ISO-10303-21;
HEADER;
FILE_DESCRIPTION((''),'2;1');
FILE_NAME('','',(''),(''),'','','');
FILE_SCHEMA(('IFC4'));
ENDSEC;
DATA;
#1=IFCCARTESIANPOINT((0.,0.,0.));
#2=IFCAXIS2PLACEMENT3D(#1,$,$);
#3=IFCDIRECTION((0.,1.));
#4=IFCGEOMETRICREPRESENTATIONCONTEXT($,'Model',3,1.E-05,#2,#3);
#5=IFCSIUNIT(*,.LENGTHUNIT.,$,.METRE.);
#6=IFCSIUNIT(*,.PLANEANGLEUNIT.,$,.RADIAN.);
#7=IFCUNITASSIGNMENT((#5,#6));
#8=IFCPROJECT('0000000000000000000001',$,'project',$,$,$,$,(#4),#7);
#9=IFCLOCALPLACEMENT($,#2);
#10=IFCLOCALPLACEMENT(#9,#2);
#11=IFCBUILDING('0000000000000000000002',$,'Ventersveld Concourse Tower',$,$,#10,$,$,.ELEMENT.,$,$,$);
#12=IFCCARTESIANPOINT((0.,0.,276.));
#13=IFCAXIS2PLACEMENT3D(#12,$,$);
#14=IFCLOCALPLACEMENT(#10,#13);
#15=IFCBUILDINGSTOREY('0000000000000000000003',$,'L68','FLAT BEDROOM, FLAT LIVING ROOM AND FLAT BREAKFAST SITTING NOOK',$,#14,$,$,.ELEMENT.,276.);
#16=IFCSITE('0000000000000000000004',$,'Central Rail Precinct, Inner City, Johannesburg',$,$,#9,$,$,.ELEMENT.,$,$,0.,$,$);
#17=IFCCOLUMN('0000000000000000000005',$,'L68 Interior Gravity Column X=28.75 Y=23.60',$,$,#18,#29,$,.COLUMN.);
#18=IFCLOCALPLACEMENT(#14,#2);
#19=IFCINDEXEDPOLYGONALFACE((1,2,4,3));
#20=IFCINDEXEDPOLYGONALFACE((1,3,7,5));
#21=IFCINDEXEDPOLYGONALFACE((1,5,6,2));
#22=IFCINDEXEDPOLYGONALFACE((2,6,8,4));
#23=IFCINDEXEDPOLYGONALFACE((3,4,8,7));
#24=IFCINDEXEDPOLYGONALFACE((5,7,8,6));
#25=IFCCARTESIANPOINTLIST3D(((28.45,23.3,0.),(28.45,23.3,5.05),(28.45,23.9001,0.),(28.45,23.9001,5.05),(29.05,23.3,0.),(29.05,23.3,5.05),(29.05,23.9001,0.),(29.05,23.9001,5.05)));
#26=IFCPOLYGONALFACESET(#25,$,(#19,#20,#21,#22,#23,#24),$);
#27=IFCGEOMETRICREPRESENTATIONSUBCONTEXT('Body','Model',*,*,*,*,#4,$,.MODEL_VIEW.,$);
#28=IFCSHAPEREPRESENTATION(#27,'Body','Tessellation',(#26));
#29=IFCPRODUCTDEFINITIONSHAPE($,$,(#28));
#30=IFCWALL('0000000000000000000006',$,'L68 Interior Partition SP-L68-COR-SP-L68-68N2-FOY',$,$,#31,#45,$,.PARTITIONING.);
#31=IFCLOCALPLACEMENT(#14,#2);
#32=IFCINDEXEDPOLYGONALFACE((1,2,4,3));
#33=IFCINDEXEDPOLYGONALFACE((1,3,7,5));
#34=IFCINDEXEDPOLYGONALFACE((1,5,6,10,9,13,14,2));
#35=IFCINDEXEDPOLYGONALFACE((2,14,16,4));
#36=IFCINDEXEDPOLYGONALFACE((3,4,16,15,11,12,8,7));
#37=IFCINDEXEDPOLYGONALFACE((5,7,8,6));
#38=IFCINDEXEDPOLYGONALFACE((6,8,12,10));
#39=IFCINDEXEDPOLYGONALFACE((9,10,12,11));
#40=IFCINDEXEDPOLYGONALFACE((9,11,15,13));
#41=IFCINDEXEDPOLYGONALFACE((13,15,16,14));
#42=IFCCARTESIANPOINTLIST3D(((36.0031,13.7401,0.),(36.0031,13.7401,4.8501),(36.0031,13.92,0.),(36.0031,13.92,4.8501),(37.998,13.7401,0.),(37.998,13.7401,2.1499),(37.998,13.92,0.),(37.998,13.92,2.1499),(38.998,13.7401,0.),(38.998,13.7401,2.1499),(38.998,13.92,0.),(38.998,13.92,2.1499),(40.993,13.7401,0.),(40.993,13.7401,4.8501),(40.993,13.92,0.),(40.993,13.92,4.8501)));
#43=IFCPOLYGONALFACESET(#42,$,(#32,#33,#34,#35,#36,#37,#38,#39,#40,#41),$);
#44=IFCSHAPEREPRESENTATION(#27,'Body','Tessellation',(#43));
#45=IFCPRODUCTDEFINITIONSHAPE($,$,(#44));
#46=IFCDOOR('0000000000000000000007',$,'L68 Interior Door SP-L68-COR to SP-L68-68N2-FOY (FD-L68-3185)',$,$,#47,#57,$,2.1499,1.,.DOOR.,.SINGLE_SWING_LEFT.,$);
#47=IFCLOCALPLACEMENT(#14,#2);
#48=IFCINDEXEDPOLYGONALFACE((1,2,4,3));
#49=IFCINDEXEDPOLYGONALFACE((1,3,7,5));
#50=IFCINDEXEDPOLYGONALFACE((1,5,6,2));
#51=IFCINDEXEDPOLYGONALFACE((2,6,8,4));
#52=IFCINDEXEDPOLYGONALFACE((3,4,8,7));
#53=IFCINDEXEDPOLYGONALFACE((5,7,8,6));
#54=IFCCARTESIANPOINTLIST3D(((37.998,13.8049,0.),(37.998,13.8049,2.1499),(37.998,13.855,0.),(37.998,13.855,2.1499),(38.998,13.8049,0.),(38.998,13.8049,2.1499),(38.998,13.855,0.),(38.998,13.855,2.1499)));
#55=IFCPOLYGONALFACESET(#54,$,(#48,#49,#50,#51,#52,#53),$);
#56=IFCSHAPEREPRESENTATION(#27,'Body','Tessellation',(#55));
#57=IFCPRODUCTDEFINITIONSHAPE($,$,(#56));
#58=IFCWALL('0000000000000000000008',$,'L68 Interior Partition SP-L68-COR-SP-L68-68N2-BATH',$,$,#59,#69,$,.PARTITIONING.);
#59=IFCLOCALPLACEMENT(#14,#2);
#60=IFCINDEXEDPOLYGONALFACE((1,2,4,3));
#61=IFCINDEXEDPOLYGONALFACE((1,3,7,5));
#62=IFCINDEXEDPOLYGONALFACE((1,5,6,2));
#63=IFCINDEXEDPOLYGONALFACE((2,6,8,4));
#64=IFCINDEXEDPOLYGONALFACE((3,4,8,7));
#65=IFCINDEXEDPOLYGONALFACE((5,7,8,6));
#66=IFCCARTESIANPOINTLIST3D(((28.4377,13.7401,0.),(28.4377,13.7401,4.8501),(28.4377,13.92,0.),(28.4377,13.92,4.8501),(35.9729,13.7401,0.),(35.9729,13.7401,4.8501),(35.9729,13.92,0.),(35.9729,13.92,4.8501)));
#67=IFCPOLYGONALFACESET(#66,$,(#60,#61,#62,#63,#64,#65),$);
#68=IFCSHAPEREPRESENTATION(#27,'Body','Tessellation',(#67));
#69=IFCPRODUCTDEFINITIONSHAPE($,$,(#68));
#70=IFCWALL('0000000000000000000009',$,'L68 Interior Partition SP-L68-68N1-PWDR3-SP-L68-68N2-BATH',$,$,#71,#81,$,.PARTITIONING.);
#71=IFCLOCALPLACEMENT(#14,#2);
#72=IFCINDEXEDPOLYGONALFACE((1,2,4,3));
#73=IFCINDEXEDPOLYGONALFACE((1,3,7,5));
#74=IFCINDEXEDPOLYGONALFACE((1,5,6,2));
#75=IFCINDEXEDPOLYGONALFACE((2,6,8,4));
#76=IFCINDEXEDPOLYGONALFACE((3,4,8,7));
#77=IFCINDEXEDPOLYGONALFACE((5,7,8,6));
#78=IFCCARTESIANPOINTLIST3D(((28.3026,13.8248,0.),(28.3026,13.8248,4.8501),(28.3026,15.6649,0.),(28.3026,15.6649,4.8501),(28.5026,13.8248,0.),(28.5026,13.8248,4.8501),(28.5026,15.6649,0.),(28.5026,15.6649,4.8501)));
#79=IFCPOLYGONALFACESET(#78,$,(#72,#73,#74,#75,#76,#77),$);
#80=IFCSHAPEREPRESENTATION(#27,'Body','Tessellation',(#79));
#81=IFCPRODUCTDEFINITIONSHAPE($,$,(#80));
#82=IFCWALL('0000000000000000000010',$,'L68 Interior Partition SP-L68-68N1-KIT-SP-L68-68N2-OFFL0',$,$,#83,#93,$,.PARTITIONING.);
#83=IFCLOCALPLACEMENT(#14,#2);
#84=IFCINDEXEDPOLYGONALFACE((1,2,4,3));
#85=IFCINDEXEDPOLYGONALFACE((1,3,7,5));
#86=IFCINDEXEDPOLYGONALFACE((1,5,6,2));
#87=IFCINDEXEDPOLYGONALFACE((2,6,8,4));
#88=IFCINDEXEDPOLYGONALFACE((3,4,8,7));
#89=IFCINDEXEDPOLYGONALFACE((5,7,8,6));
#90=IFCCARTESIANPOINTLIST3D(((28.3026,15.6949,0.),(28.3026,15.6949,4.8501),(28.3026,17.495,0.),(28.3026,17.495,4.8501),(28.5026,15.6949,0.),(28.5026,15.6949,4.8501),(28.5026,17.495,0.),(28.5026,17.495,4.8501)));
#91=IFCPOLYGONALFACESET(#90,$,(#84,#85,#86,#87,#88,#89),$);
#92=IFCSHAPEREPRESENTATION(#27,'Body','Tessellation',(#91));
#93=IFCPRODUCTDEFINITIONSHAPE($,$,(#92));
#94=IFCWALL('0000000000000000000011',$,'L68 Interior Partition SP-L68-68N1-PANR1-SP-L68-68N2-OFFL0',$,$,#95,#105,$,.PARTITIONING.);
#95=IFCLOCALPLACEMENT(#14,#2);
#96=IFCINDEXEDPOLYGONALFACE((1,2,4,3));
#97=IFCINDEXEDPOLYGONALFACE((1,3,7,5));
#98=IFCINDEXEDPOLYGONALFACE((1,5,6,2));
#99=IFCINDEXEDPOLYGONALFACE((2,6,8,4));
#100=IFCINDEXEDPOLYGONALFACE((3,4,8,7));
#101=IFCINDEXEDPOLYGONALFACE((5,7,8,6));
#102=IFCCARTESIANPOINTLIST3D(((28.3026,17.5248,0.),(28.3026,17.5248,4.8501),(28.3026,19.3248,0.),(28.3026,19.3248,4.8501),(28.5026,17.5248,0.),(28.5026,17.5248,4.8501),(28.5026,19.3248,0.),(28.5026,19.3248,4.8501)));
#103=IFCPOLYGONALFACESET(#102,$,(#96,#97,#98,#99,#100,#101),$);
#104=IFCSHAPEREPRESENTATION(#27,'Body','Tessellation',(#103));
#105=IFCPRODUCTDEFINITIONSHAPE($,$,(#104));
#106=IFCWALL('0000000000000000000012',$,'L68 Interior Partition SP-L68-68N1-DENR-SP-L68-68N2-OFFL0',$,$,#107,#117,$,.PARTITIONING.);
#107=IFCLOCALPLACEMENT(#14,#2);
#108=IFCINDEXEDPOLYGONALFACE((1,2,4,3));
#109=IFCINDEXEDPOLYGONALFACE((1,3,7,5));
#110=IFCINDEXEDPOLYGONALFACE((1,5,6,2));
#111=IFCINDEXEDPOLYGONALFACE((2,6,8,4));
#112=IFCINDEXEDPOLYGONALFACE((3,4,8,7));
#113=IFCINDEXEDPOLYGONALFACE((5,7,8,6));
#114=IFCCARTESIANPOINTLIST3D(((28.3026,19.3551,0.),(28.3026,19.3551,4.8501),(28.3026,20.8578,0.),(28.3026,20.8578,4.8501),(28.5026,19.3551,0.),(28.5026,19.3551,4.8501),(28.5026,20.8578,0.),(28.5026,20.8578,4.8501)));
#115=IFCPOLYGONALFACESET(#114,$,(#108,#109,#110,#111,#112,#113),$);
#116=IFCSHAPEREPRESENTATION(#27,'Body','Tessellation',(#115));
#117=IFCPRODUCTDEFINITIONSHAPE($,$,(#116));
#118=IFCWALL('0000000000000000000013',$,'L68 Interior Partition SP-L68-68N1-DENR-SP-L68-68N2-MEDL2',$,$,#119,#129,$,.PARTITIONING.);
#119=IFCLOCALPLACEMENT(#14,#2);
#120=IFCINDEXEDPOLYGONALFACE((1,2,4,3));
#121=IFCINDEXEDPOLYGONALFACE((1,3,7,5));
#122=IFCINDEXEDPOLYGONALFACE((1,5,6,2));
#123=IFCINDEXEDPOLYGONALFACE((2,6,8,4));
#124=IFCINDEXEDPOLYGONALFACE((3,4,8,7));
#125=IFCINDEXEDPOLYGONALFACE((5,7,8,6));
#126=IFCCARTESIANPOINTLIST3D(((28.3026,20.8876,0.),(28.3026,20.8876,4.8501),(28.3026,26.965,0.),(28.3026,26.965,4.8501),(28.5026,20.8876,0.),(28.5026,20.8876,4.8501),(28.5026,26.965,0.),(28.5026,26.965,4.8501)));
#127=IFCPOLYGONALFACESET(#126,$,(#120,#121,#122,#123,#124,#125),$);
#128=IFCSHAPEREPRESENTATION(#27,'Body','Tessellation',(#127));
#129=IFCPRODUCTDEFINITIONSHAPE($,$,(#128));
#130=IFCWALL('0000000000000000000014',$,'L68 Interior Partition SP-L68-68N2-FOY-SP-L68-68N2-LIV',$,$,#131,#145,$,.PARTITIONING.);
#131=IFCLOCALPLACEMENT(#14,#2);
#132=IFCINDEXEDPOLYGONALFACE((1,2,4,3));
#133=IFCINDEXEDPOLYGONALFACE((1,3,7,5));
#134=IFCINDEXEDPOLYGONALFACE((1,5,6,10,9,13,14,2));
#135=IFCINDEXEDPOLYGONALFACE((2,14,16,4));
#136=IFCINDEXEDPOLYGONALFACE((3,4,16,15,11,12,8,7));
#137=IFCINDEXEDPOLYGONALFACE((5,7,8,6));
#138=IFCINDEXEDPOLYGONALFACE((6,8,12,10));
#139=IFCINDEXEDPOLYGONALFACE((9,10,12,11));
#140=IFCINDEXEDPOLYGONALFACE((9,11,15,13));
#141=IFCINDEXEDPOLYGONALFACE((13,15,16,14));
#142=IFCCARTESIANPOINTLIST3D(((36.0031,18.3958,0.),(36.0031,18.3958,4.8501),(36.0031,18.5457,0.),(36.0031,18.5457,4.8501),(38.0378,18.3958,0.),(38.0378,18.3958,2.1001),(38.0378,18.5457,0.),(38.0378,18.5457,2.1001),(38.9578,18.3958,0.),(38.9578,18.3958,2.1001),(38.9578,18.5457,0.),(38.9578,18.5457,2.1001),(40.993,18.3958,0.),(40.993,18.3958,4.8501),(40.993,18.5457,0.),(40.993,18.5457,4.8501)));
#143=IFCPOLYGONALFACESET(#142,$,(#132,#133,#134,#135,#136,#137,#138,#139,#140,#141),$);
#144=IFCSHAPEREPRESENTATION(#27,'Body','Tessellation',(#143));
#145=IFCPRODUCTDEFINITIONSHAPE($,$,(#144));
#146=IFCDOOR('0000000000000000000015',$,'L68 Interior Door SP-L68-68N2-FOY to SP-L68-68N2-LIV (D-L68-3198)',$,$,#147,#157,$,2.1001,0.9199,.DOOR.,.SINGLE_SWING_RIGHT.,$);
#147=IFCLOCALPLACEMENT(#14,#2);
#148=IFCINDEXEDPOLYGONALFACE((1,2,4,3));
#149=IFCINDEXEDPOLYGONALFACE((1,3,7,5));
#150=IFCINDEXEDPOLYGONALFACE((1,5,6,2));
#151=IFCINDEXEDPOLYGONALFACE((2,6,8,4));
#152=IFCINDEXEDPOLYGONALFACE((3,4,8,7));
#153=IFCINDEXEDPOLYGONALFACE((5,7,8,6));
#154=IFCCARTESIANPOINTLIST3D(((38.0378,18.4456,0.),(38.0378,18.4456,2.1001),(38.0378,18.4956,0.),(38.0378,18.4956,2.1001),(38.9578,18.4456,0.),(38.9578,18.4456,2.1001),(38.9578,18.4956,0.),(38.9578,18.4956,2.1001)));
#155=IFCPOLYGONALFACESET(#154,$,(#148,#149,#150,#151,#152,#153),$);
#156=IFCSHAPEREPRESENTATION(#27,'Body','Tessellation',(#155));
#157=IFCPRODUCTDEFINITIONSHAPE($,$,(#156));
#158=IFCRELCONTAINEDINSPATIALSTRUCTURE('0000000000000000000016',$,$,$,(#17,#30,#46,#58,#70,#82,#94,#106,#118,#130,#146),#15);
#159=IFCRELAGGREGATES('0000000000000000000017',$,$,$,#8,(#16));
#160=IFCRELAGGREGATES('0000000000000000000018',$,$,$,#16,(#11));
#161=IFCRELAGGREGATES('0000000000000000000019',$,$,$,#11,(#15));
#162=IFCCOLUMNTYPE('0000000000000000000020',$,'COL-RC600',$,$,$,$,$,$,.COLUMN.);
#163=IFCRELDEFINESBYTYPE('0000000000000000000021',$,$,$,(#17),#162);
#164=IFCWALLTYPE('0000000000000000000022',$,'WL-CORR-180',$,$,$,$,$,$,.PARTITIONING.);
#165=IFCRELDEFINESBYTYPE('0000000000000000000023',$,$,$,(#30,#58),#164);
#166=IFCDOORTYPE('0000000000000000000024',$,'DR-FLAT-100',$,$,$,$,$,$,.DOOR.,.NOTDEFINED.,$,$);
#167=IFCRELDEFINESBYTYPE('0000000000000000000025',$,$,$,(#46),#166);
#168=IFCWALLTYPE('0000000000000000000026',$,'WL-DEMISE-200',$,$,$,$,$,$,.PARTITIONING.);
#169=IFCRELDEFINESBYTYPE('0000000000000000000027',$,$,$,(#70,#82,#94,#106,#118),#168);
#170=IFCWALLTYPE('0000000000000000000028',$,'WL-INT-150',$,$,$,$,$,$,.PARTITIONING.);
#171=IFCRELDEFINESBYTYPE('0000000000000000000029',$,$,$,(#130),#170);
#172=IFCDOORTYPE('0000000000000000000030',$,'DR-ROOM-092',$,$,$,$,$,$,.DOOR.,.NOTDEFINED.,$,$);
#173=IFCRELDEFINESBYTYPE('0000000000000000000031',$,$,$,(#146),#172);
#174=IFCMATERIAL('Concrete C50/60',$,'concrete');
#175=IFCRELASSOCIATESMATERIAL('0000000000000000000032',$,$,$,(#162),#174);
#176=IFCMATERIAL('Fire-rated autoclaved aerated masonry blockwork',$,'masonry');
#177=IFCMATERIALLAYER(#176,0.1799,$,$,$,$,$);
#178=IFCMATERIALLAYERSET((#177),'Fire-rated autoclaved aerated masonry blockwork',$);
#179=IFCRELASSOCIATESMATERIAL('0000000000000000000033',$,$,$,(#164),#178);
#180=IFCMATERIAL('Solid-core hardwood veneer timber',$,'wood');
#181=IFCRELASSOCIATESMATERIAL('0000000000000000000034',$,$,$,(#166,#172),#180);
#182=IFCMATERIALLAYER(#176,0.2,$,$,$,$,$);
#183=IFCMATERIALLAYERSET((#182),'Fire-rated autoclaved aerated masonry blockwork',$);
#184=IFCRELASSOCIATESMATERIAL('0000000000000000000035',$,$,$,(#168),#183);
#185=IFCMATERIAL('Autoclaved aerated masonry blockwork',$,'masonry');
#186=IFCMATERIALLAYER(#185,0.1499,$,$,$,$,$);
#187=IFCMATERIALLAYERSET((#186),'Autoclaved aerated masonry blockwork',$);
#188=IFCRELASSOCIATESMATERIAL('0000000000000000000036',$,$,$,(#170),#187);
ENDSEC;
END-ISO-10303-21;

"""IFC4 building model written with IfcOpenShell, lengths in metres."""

from ifc_helpers import new_model, si_unit, direction, frame, frame_2d, origin, origin_2d, place, context, subcontext, project, spatial, rectangle, extrude, material, layer, layer_set, material_profile, profile_set, type_object, element, fill, save


model = new_model("IFC4")

# Units and contexts
model_context = context("Model", 3, precision=1e-05, world=origin(), true_north=direction((0.0, 1.0)))
body_context = subcontext(model_context, "Body", "Model", "MODEL_VIEW")
ifc_project = project(units=[si_unit("LENGTHUNIT", "METRE"), si_unit("PLANEANGLEUNIT", "RADIAN")], contexts=[model_context])

# Site, building, storey
site_placement = place(None, origin())
site = spatial("IfcSite", under=ifc_project, at=site_placement, Name="Central Rail Precinct, Inner City, Johannesburg", CompositionType="ELEMENT", RefElevation=0.0)
building_placement = place(site_placement, origin())
building = spatial("IfcBuilding", under=site, at=building_placement, Name="Ventersveld Concourse Tower", CompositionType="ELEMENT")
storey_placement = place(building_placement, frame((0.0, 0.0, 276.0)))
storey = spatial("IfcBuildingStorey", under=building, at=storey_placement, Name="L68", Description="FLAT BEDROOM, FLAT LIVING ROOM AND FLAT BREAKFAST SITTING NOOK", CompositionType="ELEMENT", Elevation=276.0)

# Column
ifc_material_1 = material(Name="Concrete C50/60", Category="concrete")
ifc_material_profile = material_profile(ifc_material_1, rectangle(XDim=0.6001, YDim=0.6001, at=origin_2d()), Name="RC 600x600")
ifc_profile_set = profile_set([ifc_material_profile], Name="Concrete C50/60")
column_type = type_object("IfcColumnType", Name="COL-RC600", PredefinedType="COLUMN", material=ifc_profile_set)
column_placement = place(storey_placement, frame((28.75, 23.6001, 0.0), z_axis=(0.0, 0.0, 1.0), x_axis=(1.0, 0.0, 0.0)))
element("IfcColumn", 1, at=column_placement, inside=storey, type_object=column_type, Name="L68 Interior Gravity Column X=28.75 Y=23.60", PredefinedType="COLUMN", context=body_context, shape_type="SweptSolid", body=[
    extrude(rectangle(XDim=0.6001, YDim=0.6001, at=origin_2d()), origin(), (0.0, 0.0, 1.0), 5.05),
])

# Wall, opening, door
ifc_material_2 = material(Name="Fire-rated autoclaved aerated masonry blockwork", Category="masonry")
ifc_layer_1 = layer(ifc_material_2, 0.1799)
ifc_layer_set_1 = layer_set([ifc_layer_1], Name="Fire-rated autoclaved aerated masonry blockwork")
wall_type_1 = type_object("IfcWallType", Name="WL-CORR-180", PredefinedType="PARTITIONING", material=ifc_layer_set_1)
wall_1_placement = place(storey_placement, frame((36.0029, 13.8301, 0.0), z_axis=(0.0, 0.0, 1.0), x_axis=(1.0, 0.0, 0.0)))
wall_1 = element("IfcWall", 2, at=wall_1_placement, inside=storey, type_object=wall_type_1, Name="L68 Interior Partition SP-L68-COR-SP-L68-68N2-FOY", PredefinedType="PARTITIONING", context=body_context, shape_type="SweptSolid", body=[
    extrude(rectangle(XDim=4.99, YDim=0.1799, at=frame_2d((2.4951, 0.0))), origin(), (0.0, 0.0, 1.0), 4.8501),
])
opening_1_placement = place(wall_1_placement, frame((1.9951, 0.0, 0.0)))
opening_1 = element("IfcOpeningElement", 3, at=opening_1_placement, cuts=wall_1, PredefinedType="OPENING", context=body_context, shape_type="SweptSolid", body=[
    extrude(rectangle(XDim=1.0, YDim=2.1499, at=frame_2d((0.5, 1.075))), frame((0.0, 0.1001, 0.0), z_axis=(0.0, -1.0, 0.0), x_axis=(1.0, 0.0, 0.0)), (0.0, 0.0, 1.0), 0.2),
])
ifc_material_3 = material(Name="Solid-core hardwood veneer timber", Category="wood")
door_type_1 = type_object("IfcDoorType", Name="DR-FLAT-100", OperationType="NOTDEFINED", PredefinedType="DOOR", material=ifc_material_3)
door_1_placement = place(opening_1_placement, origin())
door_1 = element("IfcDoor", 4, at=door_1_placement, inside=storey, type_object=door_type_1, Name="L68 Interior Door SP-L68-COR to SP-L68-68N2-FOY (FD-L68-3185)", OperationType="SINGLE_SWING_LEFT", OverallHeight=2.1499, OverallWidth=1.0, PredefinedType="DOOR", context=body_context, shape_type="SweptSolid", body=[
    extrude(rectangle(XDim=1.0, YDim=2.1499, at=frame_2d((0.5, 1.075))), frame((0.0, 0.0249, 0.0), z_axis=(0.0, -1.0, 0.0), x_axis=(1.0, 0.0, 0.0)), (0.0, 0.0, 1.0), 0.05),
])
fill(opening_1, door_1)

# Walls
wall_2_placement = place(storey_placement, frame((28.4377, 13.8301, 0.0), z_axis=(0.0, 0.0, 1.0), x_axis=(1.0, 0.0, 0.0)))
element("IfcWall", 5, at=wall_2_placement, inside=storey, type_object=wall_type_1, Name="L68 Interior Partition SP-L68-COR-SP-L68-68N2-BATH", PredefinedType="PARTITIONING", context=body_context, shape_type="SweptSolid", body=[
    extrude(rectangle(XDim=7.5352, YDim=0.1799, at=frame_2d((3.7676, 0.0))), origin(), (0.0, 0.0, 1.0), 4.8501),
])
ifc_layer_2 = layer(ifc_material_2, 0.2)
ifc_layer_set_2 = layer_set([ifc_layer_2], Name="Fire-rated autoclaved aerated masonry blockwork")
wall_type_2 = type_object("IfcWallType", Name="WL-DEMISE-200", PredefinedType="PARTITIONING", material=ifc_layer_set_2)
wall_3_placement = place(storey_placement, frame((28.4026, 13.825, 0.0), z_axis=(0.0, 0.0, 1.0), x_axis=(0.0, 1.0, 0.0)))
element("IfcWall", 6, at=wall_3_placement, inside=storey, type_object=wall_type_2, Name="L68 Interior Partition SP-L68-68N1-PWDR3-SP-L68-68N2-BATH", PredefinedType="PARTITIONING", context=body_context, shape_type="SweptSolid", body=[
    extrude(rectangle(XDim=1.8401, YDim=0.2, at=frame_2d((0.9199, 0.0))), origin(), (0.0, 0.0, 1.0), 4.8501),
])
for number, where, z_axis, x_axis, name in (
    (7, (28.4026, 15.6951, 0.0), (0.0, 0.0, 1.0), (0.0, 1.0, 0.0), "L68 Interior Partition SP-L68-68N1-KIT-SP-L68-68N2-OFFL0"),
    (8, (28.4026, 17.5249, 0.0), (0.0, 0.0, 1.0), (0.0, 1.0, 0.0), "L68 Interior Partition SP-L68-68N1-PANR1-SP-L68-68N2-OFFL0"),
):
    element("IfcWall", number, at=place(storey_placement, frame(where, z_axis=z_axis, x_axis=x_axis)), inside=storey, type_object=wall_type_2, Name=name, PredefinedType="PARTITIONING", context=body_context, shape_type="SweptSolid", body=[
        extrude(rectangle(XDim=1.8, YDim=0.2, at=frame_2d((0.8999, 0.0))), origin(), (0.0, 0.0, 1.0), 4.8501),
    ])
wall_4_placement = place(storey_placement, frame((28.4026, 19.355, 0.0), z_axis=(0.0, 0.0, 1.0), x_axis=(0.0, 1.0, 0.0)))
element("IfcWall", 9, at=wall_4_placement, inside=storey, type_object=wall_type_2, Name="L68 Interior Partition SP-L68-68N1-DENR-SP-L68-68N2-OFFL0", PredefinedType="PARTITIONING", context=body_context, shape_type="SweptSolid", body=[
    extrude(rectangle(XDim=1.5027, YDim=0.2, at=frame_2d((0.7515, 0.0))), origin(), (0.0, 0.0, 1.0), 4.8501),
])
wall_5_placement = place(storey_placement, frame((28.4026, 20.8877, 0.0), z_axis=(0.0, 0.0, 1.0), x_axis=(0.0, 1.0, 0.0)))
element("IfcWall", 10, at=wall_5_placement, inside=storey, type_object=wall_type_2, Name="L68 Interior Partition SP-L68-68N1-DENR-SP-L68-68N2-MEDL2", PredefinedType="PARTITIONING", context=body_context, shape_type="SweptSolid", body=[
    extrude(rectangle(XDim=6.0774, YDim=0.2, at=frame_2d((3.0386, 0.0))), origin(), (0.0, 0.0, 1.0), 4.8501),
])

# Wall, opening, door
ifc_material_4 = material(Name="Autoclaved aerated masonry blockwork", Category="masonry")
ifc_layer_3 = layer(ifc_material_4, 0.1499)
ifc_layer_set_3 = layer_set([ifc_layer_3], Name="Autoclaved aerated masonry blockwork")
wall_type_3 = type_object("IfcWallType", Name="WL-INT-150", PredefinedType="PARTITIONING", material=ifc_layer_set_3)
wall_6_placement = place(storey_placement, frame((36.0029, 18.4707, 0.0), z_axis=(0.0, 0.0, 1.0), x_axis=(1.0, 0.0, 0.0)))
wall_6 = element("IfcWall", 11, at=wall_6_placement, inside=storey, type_object=wall_type_3, Name="L68 Interior Partition SP-L68-68N2-FOY-SP-L68-68N2-LIV", PredefinedType="PARTITIONING", context=body_context, shape_type="SweptSolid", body=[
    extrude(rectangle(XDim=4.99, YDim=0.1499, at=frame_2d((2.4951, 0.0))), origin(), (0.0, 0.0, 1.0), 4.8501),
])
opening_2_placement = place(wall_6_placement, frame((2.0349, 0.0, 0.0)))
opening_2 = element("IfcOpeningElement", 12, at=opening_2_placement, cuts=wall_6, PredefinedType="OPENING", context=body_context, shape_type="SweptSolid", body=[
    extrude(rectangle(XDim=0.9199, YDim=2.1001, at=frame_2d((0.46, 1.05))), frame((0.0, 0.085, 0.0), z_axis=(0.0, -1.0, 0.0), x_axis=(1.0, 0.0, 0.0)), (0.0, 0.0, 1.0), 0.1699),
])
door_type_2 = type_object("IfcDoorType", Name="DR-ROOM-092", OperationType="NOTDEFINED", PredefinedType="DOOR", material=ifc_material_3)
door_2_placement = place(opening_2_placement, origin())
door_2 = element("IfcDoor", 13, at=door_2_placement, inside=storey, type_object=door_type_2, Name="L68 Interior Door SP-L68-68N2-FOY to SP-L68-68N2-LIV (D-L68-3198)", OperationType="SINGLE_SWING_RIGHT", OverallHeight=2.1001, OverallWidth=0.9199, PredefinedType="DOOR", context=body_context, shape_type="SweptSolid", body=[
    extrude(rectangle(XDim=0.9199, YDim=2.1001, at=frame_2d((0.46, 1.05))), frame((0.0, 0.0249, 0.0), z_axis=(0.0, -1.0, 0.0), x_axis=(1.0, 0.0, 0.0)), (0.0, 0.0, 1.0), 0.05),
])
fill(opening_2, door_2)

save(model, "model.ifc")
